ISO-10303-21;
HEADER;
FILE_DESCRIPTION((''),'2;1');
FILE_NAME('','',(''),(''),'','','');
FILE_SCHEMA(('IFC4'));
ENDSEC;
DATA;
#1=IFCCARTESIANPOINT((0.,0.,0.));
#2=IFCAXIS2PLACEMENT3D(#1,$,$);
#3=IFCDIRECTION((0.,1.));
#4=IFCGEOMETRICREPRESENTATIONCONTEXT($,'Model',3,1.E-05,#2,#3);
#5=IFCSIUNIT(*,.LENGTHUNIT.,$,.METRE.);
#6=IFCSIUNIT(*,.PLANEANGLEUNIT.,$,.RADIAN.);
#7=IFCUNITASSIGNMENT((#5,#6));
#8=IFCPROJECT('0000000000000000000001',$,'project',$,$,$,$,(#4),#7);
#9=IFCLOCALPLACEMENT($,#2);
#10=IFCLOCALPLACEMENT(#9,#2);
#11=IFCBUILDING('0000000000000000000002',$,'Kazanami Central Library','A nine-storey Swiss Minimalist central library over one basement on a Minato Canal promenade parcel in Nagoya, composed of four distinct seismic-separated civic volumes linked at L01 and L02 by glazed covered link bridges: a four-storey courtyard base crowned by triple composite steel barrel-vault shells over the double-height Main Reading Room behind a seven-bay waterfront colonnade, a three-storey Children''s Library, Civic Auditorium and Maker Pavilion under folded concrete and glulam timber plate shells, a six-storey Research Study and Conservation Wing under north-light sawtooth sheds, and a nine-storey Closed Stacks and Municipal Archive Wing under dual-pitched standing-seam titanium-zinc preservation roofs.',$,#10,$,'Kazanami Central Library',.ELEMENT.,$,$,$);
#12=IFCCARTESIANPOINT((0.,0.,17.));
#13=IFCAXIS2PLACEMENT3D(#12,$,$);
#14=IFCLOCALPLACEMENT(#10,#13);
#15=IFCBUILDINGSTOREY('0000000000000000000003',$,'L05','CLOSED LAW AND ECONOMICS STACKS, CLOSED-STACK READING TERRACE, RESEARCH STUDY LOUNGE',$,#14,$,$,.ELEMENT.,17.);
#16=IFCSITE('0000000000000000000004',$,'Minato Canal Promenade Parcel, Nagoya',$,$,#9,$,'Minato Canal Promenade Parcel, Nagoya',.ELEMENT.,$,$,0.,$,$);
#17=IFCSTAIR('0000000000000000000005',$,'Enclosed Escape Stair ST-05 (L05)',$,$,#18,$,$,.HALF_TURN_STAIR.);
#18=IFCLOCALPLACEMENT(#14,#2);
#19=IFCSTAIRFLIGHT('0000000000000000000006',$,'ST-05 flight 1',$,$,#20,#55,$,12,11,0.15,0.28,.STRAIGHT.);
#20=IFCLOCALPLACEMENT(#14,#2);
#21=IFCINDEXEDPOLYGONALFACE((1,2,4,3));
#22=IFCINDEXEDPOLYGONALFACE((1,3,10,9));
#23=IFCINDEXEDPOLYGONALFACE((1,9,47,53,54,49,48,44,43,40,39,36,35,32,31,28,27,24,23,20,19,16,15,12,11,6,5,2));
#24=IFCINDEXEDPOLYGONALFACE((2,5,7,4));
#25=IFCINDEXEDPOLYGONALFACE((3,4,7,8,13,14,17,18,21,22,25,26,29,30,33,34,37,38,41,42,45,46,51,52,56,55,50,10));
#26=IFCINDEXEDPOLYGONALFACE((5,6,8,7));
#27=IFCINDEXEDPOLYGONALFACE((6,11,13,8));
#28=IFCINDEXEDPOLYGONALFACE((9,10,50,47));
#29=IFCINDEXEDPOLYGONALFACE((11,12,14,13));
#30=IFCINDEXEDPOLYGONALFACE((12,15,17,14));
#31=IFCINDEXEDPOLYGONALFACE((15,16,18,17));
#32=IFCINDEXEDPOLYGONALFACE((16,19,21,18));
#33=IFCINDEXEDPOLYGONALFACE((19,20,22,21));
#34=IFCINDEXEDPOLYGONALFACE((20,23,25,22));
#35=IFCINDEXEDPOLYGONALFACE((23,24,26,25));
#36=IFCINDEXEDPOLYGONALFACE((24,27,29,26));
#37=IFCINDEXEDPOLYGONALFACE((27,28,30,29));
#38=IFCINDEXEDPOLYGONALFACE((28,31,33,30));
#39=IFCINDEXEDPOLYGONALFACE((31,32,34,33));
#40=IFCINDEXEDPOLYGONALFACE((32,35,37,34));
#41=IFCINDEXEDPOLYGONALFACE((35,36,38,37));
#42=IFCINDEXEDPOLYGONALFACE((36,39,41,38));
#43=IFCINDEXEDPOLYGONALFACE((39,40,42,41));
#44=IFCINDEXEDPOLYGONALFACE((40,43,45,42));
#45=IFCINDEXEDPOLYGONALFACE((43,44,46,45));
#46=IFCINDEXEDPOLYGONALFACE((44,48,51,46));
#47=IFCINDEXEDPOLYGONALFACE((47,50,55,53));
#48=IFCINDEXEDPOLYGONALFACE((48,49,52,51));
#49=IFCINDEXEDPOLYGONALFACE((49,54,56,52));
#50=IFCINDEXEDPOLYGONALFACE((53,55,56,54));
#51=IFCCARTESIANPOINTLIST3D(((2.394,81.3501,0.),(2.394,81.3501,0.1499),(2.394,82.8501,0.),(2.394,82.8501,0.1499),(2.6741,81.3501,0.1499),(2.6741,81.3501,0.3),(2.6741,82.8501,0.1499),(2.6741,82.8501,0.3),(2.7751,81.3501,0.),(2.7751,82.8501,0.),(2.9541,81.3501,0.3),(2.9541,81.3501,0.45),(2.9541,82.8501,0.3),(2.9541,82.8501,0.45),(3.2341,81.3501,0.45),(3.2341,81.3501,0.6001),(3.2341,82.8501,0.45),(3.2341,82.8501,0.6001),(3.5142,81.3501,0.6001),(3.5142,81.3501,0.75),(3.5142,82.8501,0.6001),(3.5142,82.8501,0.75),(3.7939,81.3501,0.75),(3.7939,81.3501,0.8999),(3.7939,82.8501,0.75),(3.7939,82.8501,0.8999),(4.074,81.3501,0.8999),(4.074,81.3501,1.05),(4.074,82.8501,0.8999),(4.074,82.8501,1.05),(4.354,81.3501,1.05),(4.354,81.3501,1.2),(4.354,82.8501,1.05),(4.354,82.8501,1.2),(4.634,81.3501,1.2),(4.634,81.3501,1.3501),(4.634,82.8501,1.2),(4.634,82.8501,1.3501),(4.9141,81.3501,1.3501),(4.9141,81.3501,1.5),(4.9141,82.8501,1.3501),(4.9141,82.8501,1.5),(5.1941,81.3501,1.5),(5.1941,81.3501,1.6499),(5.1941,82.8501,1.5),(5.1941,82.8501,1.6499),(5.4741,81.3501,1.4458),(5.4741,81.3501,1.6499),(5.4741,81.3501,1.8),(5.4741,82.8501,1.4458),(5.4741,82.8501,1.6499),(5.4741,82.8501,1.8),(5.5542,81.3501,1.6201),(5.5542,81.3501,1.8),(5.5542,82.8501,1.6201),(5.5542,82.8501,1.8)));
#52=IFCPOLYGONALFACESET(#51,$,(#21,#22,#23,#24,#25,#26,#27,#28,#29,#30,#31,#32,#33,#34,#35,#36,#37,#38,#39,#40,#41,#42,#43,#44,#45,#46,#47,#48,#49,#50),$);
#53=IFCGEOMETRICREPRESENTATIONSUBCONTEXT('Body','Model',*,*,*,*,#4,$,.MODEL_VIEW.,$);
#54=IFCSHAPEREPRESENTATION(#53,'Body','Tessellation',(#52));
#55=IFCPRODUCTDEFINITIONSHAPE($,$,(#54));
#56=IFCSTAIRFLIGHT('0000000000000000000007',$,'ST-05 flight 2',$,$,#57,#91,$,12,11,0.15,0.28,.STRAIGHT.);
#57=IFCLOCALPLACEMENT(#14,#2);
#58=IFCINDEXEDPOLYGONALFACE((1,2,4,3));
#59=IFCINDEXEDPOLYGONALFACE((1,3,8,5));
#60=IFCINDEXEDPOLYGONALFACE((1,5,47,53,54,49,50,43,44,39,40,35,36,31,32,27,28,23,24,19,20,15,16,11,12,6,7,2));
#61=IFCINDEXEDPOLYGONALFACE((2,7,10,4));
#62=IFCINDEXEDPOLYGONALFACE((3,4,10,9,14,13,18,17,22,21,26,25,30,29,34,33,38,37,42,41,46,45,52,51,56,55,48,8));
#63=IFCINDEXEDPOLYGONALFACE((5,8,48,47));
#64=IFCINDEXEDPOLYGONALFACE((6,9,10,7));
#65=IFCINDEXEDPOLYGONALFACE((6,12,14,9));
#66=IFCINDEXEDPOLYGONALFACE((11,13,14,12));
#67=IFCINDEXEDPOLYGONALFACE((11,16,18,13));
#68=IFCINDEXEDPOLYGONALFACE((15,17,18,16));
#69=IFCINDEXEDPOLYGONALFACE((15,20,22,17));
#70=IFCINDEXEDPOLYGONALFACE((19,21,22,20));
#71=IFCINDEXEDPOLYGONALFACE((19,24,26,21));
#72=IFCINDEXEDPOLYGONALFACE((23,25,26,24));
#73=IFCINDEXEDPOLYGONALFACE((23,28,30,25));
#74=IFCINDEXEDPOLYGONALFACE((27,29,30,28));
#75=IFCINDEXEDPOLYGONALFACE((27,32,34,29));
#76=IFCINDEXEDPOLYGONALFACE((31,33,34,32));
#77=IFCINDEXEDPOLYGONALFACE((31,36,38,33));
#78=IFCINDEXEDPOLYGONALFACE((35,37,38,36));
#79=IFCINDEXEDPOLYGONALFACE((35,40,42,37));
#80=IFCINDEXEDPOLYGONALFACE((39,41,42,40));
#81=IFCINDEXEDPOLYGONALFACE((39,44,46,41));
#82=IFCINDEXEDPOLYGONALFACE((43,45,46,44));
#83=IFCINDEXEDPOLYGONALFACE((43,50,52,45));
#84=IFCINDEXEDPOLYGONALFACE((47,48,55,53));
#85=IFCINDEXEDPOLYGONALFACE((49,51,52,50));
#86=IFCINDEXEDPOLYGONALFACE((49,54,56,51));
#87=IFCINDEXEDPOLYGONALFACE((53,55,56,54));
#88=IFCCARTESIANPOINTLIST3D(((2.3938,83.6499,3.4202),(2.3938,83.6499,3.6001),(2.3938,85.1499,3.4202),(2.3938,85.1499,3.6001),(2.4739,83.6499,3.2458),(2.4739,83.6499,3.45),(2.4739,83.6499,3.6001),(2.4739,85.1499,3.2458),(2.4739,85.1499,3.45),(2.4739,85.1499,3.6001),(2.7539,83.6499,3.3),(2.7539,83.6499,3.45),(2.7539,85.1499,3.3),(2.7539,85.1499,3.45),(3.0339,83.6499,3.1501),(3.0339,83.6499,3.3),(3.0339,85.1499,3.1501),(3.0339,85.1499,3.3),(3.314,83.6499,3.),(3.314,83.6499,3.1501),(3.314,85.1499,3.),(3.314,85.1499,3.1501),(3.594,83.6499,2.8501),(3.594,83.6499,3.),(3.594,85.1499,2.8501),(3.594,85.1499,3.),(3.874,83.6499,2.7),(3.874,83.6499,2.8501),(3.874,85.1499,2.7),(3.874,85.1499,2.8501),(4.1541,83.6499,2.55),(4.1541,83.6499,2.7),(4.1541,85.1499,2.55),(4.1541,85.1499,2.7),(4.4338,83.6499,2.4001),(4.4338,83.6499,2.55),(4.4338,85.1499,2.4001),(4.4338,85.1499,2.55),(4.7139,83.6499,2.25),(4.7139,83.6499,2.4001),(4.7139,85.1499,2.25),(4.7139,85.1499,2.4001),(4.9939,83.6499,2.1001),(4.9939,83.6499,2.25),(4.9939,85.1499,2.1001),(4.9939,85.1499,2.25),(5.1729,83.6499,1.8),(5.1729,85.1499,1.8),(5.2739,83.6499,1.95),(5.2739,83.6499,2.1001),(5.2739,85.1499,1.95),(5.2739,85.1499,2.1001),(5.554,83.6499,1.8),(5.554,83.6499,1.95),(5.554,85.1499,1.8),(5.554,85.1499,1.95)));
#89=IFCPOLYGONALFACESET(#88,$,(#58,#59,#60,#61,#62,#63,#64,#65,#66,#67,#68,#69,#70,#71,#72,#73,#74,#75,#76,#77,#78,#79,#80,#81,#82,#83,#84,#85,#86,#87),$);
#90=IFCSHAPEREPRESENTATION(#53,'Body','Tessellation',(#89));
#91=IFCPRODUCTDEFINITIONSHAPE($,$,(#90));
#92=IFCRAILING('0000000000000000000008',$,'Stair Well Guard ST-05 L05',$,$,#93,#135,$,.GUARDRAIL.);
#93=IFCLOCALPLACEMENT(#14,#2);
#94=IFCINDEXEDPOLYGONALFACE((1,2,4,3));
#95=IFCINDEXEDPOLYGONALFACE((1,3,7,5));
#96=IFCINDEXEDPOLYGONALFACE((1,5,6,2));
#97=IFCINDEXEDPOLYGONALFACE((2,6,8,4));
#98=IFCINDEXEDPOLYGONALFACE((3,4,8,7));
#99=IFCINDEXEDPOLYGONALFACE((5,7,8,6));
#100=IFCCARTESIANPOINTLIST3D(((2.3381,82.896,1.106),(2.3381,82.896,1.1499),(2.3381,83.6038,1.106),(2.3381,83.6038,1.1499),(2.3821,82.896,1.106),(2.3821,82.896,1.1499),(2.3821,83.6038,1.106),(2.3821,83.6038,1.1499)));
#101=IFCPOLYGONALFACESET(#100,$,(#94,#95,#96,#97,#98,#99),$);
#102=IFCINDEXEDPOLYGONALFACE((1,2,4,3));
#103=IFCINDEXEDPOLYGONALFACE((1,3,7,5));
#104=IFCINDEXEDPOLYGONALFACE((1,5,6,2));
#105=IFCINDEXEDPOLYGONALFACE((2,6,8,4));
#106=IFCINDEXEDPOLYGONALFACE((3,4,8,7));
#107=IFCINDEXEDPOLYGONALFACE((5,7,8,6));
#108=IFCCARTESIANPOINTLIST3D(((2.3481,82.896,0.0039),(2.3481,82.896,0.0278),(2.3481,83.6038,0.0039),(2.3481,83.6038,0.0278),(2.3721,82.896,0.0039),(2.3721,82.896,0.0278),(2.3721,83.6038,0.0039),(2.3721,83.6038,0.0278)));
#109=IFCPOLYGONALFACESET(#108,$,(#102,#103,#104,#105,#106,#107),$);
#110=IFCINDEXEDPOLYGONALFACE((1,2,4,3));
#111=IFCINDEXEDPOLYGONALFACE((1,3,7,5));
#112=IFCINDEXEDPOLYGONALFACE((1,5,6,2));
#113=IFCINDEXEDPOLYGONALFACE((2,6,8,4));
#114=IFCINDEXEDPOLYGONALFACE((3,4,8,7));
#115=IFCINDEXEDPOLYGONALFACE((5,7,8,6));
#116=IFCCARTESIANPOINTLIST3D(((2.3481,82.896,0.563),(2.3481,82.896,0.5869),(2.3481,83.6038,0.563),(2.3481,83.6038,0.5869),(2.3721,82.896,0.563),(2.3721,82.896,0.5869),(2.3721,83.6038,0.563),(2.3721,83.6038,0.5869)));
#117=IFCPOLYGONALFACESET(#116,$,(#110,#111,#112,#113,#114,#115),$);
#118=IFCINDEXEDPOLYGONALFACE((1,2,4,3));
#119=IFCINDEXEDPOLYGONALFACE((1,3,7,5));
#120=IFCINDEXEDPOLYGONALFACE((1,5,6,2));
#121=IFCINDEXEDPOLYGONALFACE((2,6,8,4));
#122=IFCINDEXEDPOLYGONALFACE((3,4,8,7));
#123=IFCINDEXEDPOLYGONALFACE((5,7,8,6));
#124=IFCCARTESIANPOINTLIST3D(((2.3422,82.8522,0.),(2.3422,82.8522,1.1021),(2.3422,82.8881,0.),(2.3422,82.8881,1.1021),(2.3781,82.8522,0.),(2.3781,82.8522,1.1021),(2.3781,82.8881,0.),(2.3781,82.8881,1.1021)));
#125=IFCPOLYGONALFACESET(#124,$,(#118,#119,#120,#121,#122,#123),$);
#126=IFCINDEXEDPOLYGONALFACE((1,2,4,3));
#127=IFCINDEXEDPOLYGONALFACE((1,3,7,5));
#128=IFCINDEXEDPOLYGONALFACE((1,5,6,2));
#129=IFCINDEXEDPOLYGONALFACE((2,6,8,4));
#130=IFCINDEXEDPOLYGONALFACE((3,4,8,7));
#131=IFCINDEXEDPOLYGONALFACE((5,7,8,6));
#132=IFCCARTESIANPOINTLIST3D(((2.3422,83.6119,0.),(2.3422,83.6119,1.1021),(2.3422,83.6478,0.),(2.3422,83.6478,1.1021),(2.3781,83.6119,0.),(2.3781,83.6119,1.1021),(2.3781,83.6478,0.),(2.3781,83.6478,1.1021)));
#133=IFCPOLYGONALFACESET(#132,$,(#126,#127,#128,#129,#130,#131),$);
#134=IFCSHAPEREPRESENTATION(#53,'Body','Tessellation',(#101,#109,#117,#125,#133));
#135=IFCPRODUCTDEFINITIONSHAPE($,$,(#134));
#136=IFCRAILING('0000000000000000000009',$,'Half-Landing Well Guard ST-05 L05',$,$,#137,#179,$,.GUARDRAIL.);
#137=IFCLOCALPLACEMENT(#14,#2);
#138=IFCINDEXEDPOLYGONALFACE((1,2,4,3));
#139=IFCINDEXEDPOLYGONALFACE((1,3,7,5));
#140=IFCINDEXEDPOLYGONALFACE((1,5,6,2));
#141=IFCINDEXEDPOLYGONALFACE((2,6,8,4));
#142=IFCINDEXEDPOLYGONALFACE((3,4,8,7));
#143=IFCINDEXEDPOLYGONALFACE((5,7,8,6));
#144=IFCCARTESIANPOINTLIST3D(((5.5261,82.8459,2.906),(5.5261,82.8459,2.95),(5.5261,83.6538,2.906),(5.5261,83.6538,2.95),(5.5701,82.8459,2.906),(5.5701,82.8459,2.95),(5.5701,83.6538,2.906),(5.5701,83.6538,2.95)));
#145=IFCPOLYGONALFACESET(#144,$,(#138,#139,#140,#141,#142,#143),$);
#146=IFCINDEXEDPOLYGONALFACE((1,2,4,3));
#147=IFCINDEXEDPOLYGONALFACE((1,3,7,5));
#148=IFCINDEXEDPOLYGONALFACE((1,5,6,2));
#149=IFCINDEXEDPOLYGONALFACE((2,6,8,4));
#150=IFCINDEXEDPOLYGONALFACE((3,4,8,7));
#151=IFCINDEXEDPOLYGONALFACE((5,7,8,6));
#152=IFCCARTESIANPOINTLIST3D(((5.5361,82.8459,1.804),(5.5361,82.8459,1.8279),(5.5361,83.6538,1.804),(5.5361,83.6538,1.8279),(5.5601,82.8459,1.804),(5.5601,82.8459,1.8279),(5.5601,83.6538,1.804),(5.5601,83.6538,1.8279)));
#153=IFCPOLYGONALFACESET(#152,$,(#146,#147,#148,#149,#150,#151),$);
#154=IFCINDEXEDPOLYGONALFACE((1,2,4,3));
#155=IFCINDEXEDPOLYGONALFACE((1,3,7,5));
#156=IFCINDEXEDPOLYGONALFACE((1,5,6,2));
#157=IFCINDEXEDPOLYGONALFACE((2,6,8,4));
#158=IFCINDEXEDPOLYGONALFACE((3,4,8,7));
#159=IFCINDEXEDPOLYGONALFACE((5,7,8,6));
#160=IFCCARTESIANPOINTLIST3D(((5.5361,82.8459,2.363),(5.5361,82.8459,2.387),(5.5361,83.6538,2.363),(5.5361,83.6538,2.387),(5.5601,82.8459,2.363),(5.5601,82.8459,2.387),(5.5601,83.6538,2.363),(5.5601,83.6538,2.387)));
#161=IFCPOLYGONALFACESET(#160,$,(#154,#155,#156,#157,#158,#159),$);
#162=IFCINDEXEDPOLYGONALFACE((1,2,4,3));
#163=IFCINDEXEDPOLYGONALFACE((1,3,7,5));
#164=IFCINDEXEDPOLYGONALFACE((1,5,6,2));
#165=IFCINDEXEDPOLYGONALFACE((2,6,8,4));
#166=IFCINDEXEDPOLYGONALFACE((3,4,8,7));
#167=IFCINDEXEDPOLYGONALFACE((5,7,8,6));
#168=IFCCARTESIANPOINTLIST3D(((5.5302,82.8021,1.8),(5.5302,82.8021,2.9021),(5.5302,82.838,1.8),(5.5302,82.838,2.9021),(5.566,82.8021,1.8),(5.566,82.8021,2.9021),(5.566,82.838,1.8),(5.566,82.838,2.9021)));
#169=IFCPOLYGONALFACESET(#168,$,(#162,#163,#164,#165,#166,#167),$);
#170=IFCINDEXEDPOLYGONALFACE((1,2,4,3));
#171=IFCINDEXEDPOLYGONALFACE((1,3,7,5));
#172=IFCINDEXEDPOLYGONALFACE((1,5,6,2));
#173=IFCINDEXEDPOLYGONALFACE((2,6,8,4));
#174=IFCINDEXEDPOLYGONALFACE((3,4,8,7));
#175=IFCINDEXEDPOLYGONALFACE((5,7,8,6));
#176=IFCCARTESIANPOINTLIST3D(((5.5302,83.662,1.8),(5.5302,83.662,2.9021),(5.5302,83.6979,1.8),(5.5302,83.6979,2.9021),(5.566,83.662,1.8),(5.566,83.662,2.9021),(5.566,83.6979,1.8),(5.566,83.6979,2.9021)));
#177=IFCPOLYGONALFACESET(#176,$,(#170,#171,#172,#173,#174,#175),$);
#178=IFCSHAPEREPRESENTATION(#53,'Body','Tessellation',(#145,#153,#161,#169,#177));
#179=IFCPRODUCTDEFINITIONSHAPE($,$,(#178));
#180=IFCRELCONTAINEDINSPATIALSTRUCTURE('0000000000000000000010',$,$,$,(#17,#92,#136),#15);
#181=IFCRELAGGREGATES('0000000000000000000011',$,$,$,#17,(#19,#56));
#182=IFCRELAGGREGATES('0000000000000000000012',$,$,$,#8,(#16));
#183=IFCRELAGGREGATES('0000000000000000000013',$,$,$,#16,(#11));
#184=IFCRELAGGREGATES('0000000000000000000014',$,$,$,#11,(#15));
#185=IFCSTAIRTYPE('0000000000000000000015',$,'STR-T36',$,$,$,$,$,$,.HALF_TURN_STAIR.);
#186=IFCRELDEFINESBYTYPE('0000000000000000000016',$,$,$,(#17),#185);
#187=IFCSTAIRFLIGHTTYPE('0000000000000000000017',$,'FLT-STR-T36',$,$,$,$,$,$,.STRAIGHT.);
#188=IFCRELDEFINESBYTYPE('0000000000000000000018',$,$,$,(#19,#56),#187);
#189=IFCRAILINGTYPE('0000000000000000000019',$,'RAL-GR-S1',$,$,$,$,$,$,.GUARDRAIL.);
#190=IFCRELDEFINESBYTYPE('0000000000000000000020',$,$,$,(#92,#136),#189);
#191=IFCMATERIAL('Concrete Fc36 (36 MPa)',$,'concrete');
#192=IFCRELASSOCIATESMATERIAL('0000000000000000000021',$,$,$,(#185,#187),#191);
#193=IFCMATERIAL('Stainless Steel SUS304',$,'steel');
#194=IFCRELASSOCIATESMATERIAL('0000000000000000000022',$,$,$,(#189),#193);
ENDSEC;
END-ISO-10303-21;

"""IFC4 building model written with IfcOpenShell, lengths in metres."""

from ifc_helpers import new_model, si_unit, direction, frame, origin, origin_2d, place, context, subcontext, project, spatial, polyline, rectangle, outline, extrude, material, type_object, element, aggregate, save


model = new_model("IFC4")

# Units and contexts
model_context = context("Model", 3, precision=1e-05, world=origin(), true_north=direction((0.0, 1.0)))
body_context = subcontext(model_context, "Body", "Model", "MODEL_VIEW")
ifc_project = project(units=[si_unit("LENGTHUNIT", "METRE"), si_unit("PLANEANGLEUNIT", "RADIAN")], contexts=[model_context])

# Site, building, storey
site_placement = place(None, origin())
site = spatial("IfcSite", under=ifc_project, at=site_placement, Name="Minato Canal Promenade Parcel, Nagoya", LongName="Minato Canal Promenade Parcel, Nagoya", CompositionType="ELEMENT", RefElevation=0.0)
building_placement = place(site_placement, origin())
building = spatial("IfcBuilding", under=site, at=building_placement, Name="Kazanami Central Library", Description="A nine-storey Swiss Minimalist central library over one basement on a Minato Canal promenade parcel in Nagoya, composed of four distinct seismic-separated civic volumes linked at L01 and L02 by glazed covered link bridges: a four-storey courtyard base crowned by triple composite steel barrel-vault shells over the double-height Main Reading Room behind a seven-bay waterfront colonnade, a three-storey Children's Library, Civic Auditorium and Maker Pavilion under folded concrete and glulam timber plate shells, a six-storey Research Study and Conservation Wing under north-light sawtooth sheds, and a nine-storey Closed Stacks and Municipal Archive Wing under dual-pitched standing-seam titanium-zinc preservation roofs.", LongName="Kazanami Central Library", CompositionType="ELEMENT")
storey_placement = place(building_placement, frame((0.0, 0.0, 17.0)))
storey = spatial("IfcBuildingStorey", under=building, at=storey_placement, Name="L05", Description="CLOSED LAW AND ECONOMICS STACKS, CLOSED-STACK READING TERRACE, RESEARCH STUDY LOUNGE", CompositionType="ELEMENT", Elevation=17.0)

# Shared definitions
ifc_material_1 = material(Name="Concrete Fc36 (36 MPa)", Category="concrete")

# Stair, stair flights
stair_type = type_object("IfcStairType", Name="STR-T36", PredefinedType="HALF_TURN_STAIR", material=ifc_material_1)
stair_placement = place(storey_placement, origin())
stair = element("IfcStair", 1, at=stair_placement, inside=storey, type_object=stair_type, Name="Enclosed Escape Stair ST-05 (L05)", PredefinedType="HALF_TURN_STAIR")
stair_flight_type = type_object("IfcStairFlightType", Name="FLT-STR-T36", PredefinedType="STRAIGHT", material=ifc_material_1)
stair_flight_1_placement = place(storey_placement, frame((2.394, 82.1001, 0.0), z_axis=(0.0, 0.0, 1.0), x_axis=(1.0, 0.0, 0.0)))
stair_flight_1 = element("IfcStairFlight", 2, at=stair_flight_1_placement, type_object=stair_flight_type, Name="ST-05 flight 1", NumberOfRisers=12, NumberOfTreads=11, PredefinedType="STRAIGHT", RiserHeight=0.15, TreadLength=0.28, context=body_context, shape_type="SweptSolid", body=[
    extrude(outline(polyline([(0.0, 0.0), (0.0, 0.1499), (0.28, 0.1499), (0.28, 0.3), (0.5601, 0.3), (0.5601, 0.45), (0.8401, 0.45), (0.8401, 0.6001), (1.1201, 0.6001), (1.1201, 0.75), (1.3999, 0.75), (1.3999, 0.8999), (1.6799, 0.8999), (1.6799, 1.05), (1.96, 1.05), (1.96, 1.2), (2.24, 1.2), (2.24, 1.3501), (2.52, 1.3501), (2.52, 1.5), (2.8, 1.5), (2.8, 1.6499), (3.0801, 1.6499), (3.0801, 1.8), (3.1602, 1.8), (3.1602, 1.6201), (3.0801, 1.4458), (0.3811, 0.0), (0.0, 0.0)])), frame((0.0, 0.75, 0.0), z_axis=(0.0, -1.0, 0.0), x_axis=(1.0, 0.0, 0.0)), (0.0, 0.0, 1.0), 1.5),
])
stair_flight_2_placement = place(storey_placement, frame((5.554, 84.3999, 1.8), z_axis=(0.0, 0.0, 1.0), x_axis=(-1.0, 0.0, 0.0)))
stair_flight_2 = element("IfcStairFlight", 3, at=stair_flight_2_placement, type_object=stair_flight_type, Name="ST-05 flight 2", NumberOfRisers=12, NumberOfTreads=11, PredefinedType="STRAIGHT", RiserHeight=0.15, TreadLength=0.28, context=body_context, shape_type="SweptSolid", body=[
    extrude(outline(polyline([(0.0, 0.0), (0.0, 0.1499), (0.28, 0.1499), (0.28, 0.3), (0.5601, 0.3), (0.5601, 0.45), (0.8401, 0.45), (0.8401, 0.6001), (1.1201, 0.6001), (1.1201, 0.75), (1.3999, 0.75), (1.3999, 0.8999), (1.6799, 0.8999), (1.6799, 1.05), (1.96, 1.05), (1.96, 1.2), (2.24, 1.2), (2.24, 1.3501), (2.52, 1.3501), (2.52, 1.5), (2.8, 1.5), (2.8, 1.6499), (3.0801, 1.6499), (3.0801, 1.8), (3.1602, 1.8), (3.1602, 1.6201), (3.0801, 1.4458), (0.3811, 0.0), (0.0, 0.0)])), frame((0.0, 0.75, 0.0), z_axis=(0.0, -1.0, 0.0), x_axis=(1.0, 0.0, 0.0)), (0.0, 0.0, 1.0), 1.5),
])
aggregate(stair, [stair_flight_1, stair_flight_2])

# Railings
ifc_material_2 = material(Name="Stainless Steel SUS304", Category="steel")
railing_type_1 = type_object("IfcRailingType", Name="RAL-GR-S1", PredefinedType="GUARDRAIL", material=ifc_material_2)
railing_1_placement = place(storey_placement, frame((2.3601, 82.8701, 0.0)))
element("IfcRailing", 4, at=railing_1_placement, inside=storey, type_object=railing_type_1, Name="Stair Well Guard ST-05 L05", PredefinedType="GUARDRAIL", context=body_context, shape_type="SweptSolid", body=[
    extrude(rectangle(XDim=0.0439, YDim=0.0439, at=origin_2d()), frame((0.0, 0.0259, 1.1279), z_axis=(0.0, 1.0, 0.0), x_axis=(-1.0, 0.0, 0.0)), (0.0, 0.0, 1.0), 0.7078),
    extrude(rectangle(XDim=0.0239, YDim=0.0239, at=origin_2d()), frame((0.0, 0.0259, 0.0159), z_axis=(0.0, 1.0, 0.0), x_axis=(-1.0, 0.0, 0.0)), (0.0, 0.0, 1.0), 0.7078),
    extrude(rectangle(XDim=0.0239, YDim=0.0239, at=origin_2d()), frame((0.0, 0.0259, 0.575), z_axis=(0.0, 1.0, 0.0), x_axis=(-1.0, 0.0, 0.0)), (0.0, 0.0, 1.0), 0.7078),
    extrude(rectangle(XDim=0.0359, YDim=0.0359, at=origin_2d()), origin(), (0.0, 0.0, 1.0), 1.1021),
    extrude(rectangle(XDim=0.0359, YDim=0.0359, at=origin_2d()), frame((0.0, 0.7598, 0.0)), (0.0, 0.0, 1.0), 1.1021),
])
railing_2_placement = place(storey_placement, frame((5.5481, 82.8201, 1.8)))
element("IfcRailing", 5, at=railing_2_placement, inside=storey, type_object=railing_type_1, Name="Half-Landing Well Guard ST-05 L05", PredefinedType="GUARDRAIL", context=body_context, shape_type="SweptSolid", body=[
    extrude(rectangle(XDim=0.0439, YDim=0.0439, at=origin_2d()), frame((0.0, 0.0259, 1.1279), z_axis=(0.0, 1.0, 0.0), x_axis=(-1.0, 0.0, 0.0)), (0.0, 0.0, 1.0), 0.8079),
    extrude(rectangle(XDim=0.0239, YDim=0.0239, at=origin_2d()), frame((0.0, 0.0259, 0.0159), z_axis=(0.0, 1.0, 0.0), x_axis=(-1.0, 0.0, 0.0)), (0.0, 0.0, 1.0), 0.8079),
    extrude(rectangle(XDim=0.0239, YDim=0.0239, at=origin_2d()), frame((0.0, 0.0259, 0.575), z_axis=(0.0, 1.0, 0.0), x_axis=(-1.0, 0.0, 0.0)), (0.0, 0.0, 1.0), 0.8079),
    extrude(rectangle(XDim=0.0359, YDim=0.0359, at=origin_2d()), origin(), (0.0, 0.0, 1.0), 1.1021),
    extrude(rectangle(XDim=0.0359, YDim=0.0359, at=origin_2d()), frame((0.0, 0.8599, 0.0)), (0.0, 0.0, 1.0), 1.1021),
])

save(model, "model.ifc")
